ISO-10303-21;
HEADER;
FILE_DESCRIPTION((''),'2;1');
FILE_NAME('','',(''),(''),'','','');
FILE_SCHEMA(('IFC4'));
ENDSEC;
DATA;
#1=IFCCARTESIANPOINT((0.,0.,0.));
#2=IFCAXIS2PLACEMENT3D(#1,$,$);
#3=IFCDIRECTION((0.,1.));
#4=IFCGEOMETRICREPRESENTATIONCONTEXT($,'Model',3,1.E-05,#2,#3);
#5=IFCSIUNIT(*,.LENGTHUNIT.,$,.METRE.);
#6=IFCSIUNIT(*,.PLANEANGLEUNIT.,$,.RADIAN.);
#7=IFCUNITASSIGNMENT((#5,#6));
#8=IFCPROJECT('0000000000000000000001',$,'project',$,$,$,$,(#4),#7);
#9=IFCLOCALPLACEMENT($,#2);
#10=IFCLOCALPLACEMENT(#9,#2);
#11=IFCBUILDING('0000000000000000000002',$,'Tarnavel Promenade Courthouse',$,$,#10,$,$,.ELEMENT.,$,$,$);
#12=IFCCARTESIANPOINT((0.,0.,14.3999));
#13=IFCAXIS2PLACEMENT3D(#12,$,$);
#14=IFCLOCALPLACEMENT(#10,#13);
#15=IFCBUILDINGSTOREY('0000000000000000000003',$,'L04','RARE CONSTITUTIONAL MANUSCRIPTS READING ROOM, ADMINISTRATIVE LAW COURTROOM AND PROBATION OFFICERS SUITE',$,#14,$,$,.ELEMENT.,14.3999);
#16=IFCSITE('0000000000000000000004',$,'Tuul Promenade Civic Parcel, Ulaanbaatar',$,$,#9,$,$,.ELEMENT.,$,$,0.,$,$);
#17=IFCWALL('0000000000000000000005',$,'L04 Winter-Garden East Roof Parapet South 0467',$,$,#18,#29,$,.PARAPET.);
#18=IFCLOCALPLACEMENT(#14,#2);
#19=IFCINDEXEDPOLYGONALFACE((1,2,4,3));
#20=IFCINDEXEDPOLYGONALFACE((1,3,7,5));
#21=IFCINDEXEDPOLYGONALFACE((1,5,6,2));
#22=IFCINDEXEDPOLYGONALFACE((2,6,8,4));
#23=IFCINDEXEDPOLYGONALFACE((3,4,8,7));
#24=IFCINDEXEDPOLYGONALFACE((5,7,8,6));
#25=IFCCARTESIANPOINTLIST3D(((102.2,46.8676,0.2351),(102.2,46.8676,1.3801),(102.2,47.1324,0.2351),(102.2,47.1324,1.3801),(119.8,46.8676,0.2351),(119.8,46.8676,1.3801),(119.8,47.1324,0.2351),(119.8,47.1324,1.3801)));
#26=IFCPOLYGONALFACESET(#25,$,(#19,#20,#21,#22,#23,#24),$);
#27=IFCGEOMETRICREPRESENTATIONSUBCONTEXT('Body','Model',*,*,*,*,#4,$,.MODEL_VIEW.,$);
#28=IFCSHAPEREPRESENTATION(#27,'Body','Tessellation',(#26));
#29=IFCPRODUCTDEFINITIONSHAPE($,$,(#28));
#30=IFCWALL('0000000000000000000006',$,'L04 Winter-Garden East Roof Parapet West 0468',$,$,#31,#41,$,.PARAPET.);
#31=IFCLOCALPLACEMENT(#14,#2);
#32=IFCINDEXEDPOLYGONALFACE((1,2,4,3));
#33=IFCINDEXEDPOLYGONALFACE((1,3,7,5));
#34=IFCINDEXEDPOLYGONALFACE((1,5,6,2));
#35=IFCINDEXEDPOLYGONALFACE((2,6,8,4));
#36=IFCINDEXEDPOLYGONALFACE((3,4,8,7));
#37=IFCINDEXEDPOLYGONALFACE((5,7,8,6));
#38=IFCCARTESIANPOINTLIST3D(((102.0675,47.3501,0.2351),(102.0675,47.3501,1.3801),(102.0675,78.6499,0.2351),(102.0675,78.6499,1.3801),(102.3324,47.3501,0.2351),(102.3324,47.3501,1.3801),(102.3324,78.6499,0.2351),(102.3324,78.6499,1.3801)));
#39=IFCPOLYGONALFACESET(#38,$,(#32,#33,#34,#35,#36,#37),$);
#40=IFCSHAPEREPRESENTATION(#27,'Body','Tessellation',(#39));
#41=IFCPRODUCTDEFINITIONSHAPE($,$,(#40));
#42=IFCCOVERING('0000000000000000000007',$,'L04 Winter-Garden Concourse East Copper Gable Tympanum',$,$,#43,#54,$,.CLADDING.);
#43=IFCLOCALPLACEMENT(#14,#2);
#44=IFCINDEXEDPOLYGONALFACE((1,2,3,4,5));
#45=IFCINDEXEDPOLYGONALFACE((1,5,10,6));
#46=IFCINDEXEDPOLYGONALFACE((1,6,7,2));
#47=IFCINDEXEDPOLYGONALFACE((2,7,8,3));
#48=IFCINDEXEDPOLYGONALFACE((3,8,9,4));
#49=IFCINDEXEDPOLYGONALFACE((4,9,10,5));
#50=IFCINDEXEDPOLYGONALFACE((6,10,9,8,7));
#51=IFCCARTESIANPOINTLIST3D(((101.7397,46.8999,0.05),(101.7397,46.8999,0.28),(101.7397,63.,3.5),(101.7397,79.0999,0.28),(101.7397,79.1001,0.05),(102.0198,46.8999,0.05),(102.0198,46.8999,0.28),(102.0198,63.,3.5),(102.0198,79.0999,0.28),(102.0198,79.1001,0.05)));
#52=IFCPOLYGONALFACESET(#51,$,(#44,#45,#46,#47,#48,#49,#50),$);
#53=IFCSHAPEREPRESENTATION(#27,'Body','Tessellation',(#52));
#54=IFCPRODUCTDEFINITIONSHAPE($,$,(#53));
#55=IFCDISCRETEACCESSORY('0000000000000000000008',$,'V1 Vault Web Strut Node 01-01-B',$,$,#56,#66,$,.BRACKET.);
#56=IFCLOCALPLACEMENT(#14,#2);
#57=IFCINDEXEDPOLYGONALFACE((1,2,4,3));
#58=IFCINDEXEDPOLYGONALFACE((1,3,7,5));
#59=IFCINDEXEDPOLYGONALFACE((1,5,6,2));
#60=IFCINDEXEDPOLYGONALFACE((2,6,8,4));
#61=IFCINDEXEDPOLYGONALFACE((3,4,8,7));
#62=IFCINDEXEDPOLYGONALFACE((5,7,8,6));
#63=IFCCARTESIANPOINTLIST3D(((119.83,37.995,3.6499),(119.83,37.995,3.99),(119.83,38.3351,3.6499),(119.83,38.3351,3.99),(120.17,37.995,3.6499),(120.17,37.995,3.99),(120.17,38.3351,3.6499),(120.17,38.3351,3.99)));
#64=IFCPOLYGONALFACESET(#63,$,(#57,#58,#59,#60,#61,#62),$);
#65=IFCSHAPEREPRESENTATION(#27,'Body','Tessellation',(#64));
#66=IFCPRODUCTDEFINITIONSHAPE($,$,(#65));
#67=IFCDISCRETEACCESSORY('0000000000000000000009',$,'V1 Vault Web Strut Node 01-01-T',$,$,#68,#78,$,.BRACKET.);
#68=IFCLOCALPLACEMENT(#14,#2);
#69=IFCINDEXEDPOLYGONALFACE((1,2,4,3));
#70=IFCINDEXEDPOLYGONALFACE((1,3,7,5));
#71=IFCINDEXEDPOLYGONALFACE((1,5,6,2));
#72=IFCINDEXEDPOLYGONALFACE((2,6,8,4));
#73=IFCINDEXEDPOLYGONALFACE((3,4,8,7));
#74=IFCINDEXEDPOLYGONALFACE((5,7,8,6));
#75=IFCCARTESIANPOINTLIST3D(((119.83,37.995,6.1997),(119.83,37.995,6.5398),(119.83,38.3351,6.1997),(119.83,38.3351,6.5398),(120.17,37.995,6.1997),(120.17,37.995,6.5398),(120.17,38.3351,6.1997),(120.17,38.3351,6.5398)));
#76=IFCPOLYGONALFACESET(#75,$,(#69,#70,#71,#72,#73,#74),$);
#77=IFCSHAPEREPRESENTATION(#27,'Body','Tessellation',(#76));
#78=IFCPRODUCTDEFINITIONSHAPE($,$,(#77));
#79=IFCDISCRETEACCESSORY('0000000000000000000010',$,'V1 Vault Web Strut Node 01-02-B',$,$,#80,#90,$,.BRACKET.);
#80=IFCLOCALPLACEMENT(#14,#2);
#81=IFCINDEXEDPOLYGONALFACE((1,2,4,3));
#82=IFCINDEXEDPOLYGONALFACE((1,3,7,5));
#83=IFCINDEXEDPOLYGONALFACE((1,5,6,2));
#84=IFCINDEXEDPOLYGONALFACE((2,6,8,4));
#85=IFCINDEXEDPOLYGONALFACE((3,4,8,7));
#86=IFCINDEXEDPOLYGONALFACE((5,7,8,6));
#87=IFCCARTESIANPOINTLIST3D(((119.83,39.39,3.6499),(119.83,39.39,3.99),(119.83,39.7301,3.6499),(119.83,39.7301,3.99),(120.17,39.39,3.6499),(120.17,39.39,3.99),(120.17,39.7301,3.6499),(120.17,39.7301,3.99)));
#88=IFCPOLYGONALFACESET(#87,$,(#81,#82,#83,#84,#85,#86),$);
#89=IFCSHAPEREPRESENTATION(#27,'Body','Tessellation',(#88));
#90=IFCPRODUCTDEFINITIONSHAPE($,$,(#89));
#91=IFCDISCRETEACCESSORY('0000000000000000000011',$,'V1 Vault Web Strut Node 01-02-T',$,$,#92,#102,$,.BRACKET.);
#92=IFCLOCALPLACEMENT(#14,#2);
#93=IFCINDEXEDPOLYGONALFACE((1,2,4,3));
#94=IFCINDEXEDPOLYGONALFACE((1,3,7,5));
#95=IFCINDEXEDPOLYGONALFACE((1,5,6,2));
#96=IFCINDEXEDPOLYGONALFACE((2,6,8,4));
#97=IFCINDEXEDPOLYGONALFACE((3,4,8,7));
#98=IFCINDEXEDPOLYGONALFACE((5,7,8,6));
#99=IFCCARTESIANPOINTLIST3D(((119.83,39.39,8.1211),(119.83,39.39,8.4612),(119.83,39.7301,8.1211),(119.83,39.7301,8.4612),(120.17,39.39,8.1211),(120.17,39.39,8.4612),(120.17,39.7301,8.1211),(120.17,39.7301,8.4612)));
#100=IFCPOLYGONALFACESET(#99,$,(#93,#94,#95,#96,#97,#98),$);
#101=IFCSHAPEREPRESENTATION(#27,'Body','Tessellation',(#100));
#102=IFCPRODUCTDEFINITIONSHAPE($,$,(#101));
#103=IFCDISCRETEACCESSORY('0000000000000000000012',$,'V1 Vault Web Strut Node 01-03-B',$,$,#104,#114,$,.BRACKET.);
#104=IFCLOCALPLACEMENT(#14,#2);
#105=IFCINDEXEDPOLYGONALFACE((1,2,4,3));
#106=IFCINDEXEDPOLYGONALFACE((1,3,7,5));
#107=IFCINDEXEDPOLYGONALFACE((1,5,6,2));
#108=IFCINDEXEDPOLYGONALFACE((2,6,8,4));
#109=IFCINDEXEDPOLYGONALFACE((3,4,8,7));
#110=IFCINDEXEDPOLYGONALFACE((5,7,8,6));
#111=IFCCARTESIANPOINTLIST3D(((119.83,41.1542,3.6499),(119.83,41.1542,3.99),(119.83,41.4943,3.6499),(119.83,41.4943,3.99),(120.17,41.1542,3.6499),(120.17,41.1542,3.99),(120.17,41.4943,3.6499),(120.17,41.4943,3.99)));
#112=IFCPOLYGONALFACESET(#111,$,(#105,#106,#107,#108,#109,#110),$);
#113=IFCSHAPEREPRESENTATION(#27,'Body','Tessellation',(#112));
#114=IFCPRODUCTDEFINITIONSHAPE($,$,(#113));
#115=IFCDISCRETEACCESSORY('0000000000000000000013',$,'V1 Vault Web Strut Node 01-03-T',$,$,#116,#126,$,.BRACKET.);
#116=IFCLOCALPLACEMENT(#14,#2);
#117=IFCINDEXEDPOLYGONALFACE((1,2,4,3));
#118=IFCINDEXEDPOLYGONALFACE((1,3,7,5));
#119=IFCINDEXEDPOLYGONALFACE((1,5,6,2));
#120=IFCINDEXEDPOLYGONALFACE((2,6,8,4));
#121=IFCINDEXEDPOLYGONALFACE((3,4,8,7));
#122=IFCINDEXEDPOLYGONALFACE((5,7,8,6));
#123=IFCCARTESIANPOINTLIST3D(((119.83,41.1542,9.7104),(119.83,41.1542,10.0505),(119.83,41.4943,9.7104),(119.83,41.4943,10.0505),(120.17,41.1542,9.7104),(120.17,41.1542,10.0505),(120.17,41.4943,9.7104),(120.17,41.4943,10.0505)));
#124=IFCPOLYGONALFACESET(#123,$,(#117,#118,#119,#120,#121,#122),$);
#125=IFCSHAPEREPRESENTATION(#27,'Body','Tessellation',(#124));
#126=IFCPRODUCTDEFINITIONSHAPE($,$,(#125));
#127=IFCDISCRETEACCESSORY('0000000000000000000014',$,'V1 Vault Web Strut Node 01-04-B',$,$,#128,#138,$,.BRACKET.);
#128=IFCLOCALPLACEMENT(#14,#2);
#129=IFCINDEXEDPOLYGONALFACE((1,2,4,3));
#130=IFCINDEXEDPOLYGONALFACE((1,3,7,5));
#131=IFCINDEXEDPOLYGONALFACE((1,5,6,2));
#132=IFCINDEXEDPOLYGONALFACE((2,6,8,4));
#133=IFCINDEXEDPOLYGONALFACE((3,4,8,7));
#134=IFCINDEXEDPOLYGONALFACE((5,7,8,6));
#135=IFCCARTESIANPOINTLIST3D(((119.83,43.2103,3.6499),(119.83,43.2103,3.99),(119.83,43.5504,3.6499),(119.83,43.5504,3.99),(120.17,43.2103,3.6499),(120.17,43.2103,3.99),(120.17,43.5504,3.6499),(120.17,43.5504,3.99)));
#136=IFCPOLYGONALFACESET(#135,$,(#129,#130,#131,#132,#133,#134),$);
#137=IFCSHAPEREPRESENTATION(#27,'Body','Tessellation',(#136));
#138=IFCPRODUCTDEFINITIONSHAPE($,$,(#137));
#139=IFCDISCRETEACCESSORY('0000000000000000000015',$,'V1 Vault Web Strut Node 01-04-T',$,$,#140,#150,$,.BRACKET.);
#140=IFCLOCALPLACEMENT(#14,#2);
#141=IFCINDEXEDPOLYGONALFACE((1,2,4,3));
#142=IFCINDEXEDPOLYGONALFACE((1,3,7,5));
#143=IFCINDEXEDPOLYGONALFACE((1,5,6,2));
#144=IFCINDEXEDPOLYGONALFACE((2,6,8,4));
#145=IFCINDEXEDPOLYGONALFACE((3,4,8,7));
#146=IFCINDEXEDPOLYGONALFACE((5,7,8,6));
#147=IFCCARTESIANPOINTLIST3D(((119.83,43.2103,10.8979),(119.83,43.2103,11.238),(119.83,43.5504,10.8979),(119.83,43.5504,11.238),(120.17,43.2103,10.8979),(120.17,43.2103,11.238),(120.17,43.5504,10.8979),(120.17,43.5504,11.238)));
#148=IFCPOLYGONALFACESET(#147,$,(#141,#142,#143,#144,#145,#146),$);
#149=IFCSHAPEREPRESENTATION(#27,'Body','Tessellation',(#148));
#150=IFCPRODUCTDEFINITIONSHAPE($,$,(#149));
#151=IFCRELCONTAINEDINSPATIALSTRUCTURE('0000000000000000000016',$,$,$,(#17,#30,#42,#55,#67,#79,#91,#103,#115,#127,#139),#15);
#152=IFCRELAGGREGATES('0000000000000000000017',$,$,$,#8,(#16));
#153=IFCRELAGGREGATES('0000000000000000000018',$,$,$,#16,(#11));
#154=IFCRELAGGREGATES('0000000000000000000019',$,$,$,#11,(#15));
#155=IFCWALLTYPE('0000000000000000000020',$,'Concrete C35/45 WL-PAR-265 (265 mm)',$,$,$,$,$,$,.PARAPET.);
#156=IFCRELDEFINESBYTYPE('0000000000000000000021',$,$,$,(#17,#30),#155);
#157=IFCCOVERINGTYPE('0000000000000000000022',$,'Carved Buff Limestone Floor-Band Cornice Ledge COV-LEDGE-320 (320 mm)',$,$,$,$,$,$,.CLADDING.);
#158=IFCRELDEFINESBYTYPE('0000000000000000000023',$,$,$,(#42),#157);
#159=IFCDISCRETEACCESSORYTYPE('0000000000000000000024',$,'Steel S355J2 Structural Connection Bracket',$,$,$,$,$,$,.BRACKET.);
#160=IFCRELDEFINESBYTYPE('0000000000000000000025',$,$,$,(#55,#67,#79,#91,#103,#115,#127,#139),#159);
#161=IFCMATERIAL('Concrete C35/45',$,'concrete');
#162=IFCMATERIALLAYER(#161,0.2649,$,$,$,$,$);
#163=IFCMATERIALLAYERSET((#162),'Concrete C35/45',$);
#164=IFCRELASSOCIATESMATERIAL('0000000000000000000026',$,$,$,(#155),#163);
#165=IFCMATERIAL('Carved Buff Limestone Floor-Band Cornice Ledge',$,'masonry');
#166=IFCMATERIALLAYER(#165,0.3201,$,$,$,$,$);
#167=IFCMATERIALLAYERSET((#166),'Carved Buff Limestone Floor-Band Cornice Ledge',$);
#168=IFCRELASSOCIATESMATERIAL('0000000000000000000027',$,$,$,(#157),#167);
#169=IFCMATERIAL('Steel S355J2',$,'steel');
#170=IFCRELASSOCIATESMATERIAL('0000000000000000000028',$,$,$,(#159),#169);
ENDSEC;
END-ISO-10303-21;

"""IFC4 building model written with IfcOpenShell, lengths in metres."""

from ifc_helpers import new_model, si_unit, direction, frame, frame_2d, origin, origin_2d, place, context, subcontext, project, spatial, polyline, rectangle, outline, extrude, material, layer, layer_set, type_object, element, save


model = new_model("IFC4")

# Units and contexts
model_context = context("Model", 3, precision=1e-05, world=origin(), true_north=direction((0.0, 1.0)))
body_context = subcontext(model_context, "Body", "Model", "MODEL_VIEW")
ifc_project = project(units=[si_unit("LENGTHUNIT", "METRE"), si_unit("PLANEANGLEUNIT", "RADIAN")], contexts=[model_context])

# Site, building, storey
site_placement = place(None, origin())
site = spatial("IfcSite", under=ifc_project, at=site_placement, Name="Tuul Promenade Civic Parcel, Ulaanbaatar", CompositionType="ELEMENT", RefElevation=0.0)
building_placement = place(site_placement, origin())
building = spatial("IfcBuilding", under=site, at=building_placement, Name="Tarnavel Promenade Courthouse", CompositionType="ELEMENT")
storey_placement = place(building_placement, frame((0.0, 0.0, 14.3999)))
storey = spatial("IfcBuildingStorey", under=building, at=storey_placement, Name="L04", Description="RARE CONSTITUTIONAL MANUSCRIPTS READING ROOM, ADMINISTRATIVE LAW COURTROOM AND PROBATION OFFICERS SUITE", CompositionType="ELEMENT", Elevation=14.3999)

# Shared definitions
ifc_material_1 = material(Name="Steel S355J2", Category="steel")

# Walls
ifc_material_2 = material(Name="Concrete C35/45", Category="concrete")
ifc_layer_1 = layer(ifc_material_2, 0.2649)
ifc_layer_set_1 = layer_set([ifc_layer_1], Name="Concrete C35/45")
wall_type = type_object("IfcWallType", Name="Concrete C35/45 WL-PAR-265 (265 mm)", PredefinedType="PARAPET", material=ifc_layer_set_1)
wall_1_placement = place(storey_placement, frame((119.8, 47.0, 0.2351), z_axis=(0.0, 0.0, 1.0), x_axis=(-1.0, 0.0, 0.0)))
element("IfcWall", 1, at=wall_1_placement, inside=storey, type_object=wall_type, Name="L04 Winter-Garden East Roof Parapet South 0467", PredefinedType="PARAPET", context=body_context, shape_type="SweptSolid", body=[
    extrude(rectangle(XDim=17.6001, YDim=0.2649, at=frame_2d((8.8, 0.0))), origin(), (0.0, 0.0, 1.0), 1.145),
])
wall_2_placement = place(storey_placement, frame((102.2, 47.3501, 0.2351), z_axis=(0.0, 0.0, 1.0), x_axis=(0.0, 1.0, 0.0)))
element("IfcWall", 2, at=wall_2_placement, inside=storey, type_object=wall_type, Name="L04 Winter-Garden East Roof Parapet West 0468", PredefinedType="PARAPET", context=body_context, shape_type="SweptSolid", body=[
    extrude(rectangle(XDim=31.2998, YDim=0.2649, at=frame_2d((15.6499, 0.0))), origin(), (0.0, 0.0, 1.0), 1.145),
])

# Covering
ifc_material_3 = material(Name="Carved Buff Limestone Floor-Band Cornice Ledge", Category="masonry")
ifc_layer_2 = layer(ifc_material_3, 0.3201)
ifc_layer_set_2 = layer_set([ifc_layer_2], Name="Carved Buff Limestone Floor-Band Cornice Ledge")
covering_type = type_object("IfcCoveringType", Name="Carved Buff Limestone Floor-Band Cornice Ledge COV-LEDGE-320 (320 mm)", PredefinedType="CLADDING", material=ifc_layer_set_2)
covering_placement = place(storey_placement, frame((101.8799, 46.8999, 0.05), z_axis=(0.0, 0.0, 1.0), x_axis=(0.0, 1.0, 0.0)))
element("IfcCovering", 3, at=covering_placement, inside=storey, type_object=covering_type, Name="L04 Winter-Garden Concourse East Copper Gable Tympanum", PredefinedType="CLADDING", context=body_context, shape_type="SweptSolid", body=[
    extrude(outline(polyline([(0.0, 0.0), (32.2002, 0.0), (32.2, 0.23), (16.1001, 3.45), (0.0, 0.23), (0.0, 0.0)])), frame((0.0, 0.1401, 0.0), z_axis=(0.0, -1.0, 0.0), x_axis=(1.0, 0.0, 0.0)), (0.0, 0.0, 1.0), 0.28),
])

# Discrete accessories
discrete_accessory_type = type_object("IfcDiscreteAccessoryType", Name="Steel S355J2 Structural Connection Bracket", PredefinedType="BRACKET", material=ifc_material_1)
for number, where, z_axis, x_axis, name in (
    (4, (120.0, 38.165, 3.6499), (0.0, 0.0, 1.0), (1.0, 0.0, 0.0), "V1 Vault Web Strut Node 01-01-B"),
    (5, (120.0, 38.165, 6.1997), (0.0, 0.0, 1.0), (1.0, 0.0, 0.0), "V1 Vault Web Strut Node 01-01-T"),
    (6, (120.0, 39.5601, 3.6499), (0.0, 0.0, 1.0), (1.0, 0.0, 0.0), "V1 Vault Web Strut Node 01-02-B"),
    (7, (120.0, 39.5601, 8.1211), (0.0, 0.0, 1.0), (1.0, 0.0, 0.0), "V1 Vault Web Strut Node 01-02-T"),
    (8, (120.0, 41.3242, 3.6499), (0.0, 0.0, 1.0), (1.0, 0.0, 0.0), "V1 Vault Web Strut Node 01-03-B"),
    (9, (120.0, 41.3242, 9.7104), (0.0, 0.0, 1.0), (1.0, 0.0, 0.0), "V1 Vault Web Strut Node 01-03-T"),
    (10, (120.0, 43.3804, 3.6499), (0.0, 0.0, 1.0), (1.0, 0.0, 0.0), "V1 Vault Web Strut Node 01-04-B"),
    (11, (120.0, 43.3804, 10.8979), (0.0, 0.0, 1.0), (1.0, 0.0, 0.0), "V1 Vault Web Strut Node 01-04-T"),
):
    element("IfcDiscreteAccessory", number, at=place(storey_placement, frame(where, z_axis=z_axis, x_axis=x_axis)), inside=storey, type_object=discrete_accessory_type, Name=name, PredefinedType="BRACKET", context=body_context, shape_type="SweptSolid", body=[
        extrude(rectangle(XDim=0.3401, YDim=0.3401, at=origin_2d()), origin(), (0.0, 0.0, 1.0), 0.3401),
    ])

save(model, "model.ifc")
